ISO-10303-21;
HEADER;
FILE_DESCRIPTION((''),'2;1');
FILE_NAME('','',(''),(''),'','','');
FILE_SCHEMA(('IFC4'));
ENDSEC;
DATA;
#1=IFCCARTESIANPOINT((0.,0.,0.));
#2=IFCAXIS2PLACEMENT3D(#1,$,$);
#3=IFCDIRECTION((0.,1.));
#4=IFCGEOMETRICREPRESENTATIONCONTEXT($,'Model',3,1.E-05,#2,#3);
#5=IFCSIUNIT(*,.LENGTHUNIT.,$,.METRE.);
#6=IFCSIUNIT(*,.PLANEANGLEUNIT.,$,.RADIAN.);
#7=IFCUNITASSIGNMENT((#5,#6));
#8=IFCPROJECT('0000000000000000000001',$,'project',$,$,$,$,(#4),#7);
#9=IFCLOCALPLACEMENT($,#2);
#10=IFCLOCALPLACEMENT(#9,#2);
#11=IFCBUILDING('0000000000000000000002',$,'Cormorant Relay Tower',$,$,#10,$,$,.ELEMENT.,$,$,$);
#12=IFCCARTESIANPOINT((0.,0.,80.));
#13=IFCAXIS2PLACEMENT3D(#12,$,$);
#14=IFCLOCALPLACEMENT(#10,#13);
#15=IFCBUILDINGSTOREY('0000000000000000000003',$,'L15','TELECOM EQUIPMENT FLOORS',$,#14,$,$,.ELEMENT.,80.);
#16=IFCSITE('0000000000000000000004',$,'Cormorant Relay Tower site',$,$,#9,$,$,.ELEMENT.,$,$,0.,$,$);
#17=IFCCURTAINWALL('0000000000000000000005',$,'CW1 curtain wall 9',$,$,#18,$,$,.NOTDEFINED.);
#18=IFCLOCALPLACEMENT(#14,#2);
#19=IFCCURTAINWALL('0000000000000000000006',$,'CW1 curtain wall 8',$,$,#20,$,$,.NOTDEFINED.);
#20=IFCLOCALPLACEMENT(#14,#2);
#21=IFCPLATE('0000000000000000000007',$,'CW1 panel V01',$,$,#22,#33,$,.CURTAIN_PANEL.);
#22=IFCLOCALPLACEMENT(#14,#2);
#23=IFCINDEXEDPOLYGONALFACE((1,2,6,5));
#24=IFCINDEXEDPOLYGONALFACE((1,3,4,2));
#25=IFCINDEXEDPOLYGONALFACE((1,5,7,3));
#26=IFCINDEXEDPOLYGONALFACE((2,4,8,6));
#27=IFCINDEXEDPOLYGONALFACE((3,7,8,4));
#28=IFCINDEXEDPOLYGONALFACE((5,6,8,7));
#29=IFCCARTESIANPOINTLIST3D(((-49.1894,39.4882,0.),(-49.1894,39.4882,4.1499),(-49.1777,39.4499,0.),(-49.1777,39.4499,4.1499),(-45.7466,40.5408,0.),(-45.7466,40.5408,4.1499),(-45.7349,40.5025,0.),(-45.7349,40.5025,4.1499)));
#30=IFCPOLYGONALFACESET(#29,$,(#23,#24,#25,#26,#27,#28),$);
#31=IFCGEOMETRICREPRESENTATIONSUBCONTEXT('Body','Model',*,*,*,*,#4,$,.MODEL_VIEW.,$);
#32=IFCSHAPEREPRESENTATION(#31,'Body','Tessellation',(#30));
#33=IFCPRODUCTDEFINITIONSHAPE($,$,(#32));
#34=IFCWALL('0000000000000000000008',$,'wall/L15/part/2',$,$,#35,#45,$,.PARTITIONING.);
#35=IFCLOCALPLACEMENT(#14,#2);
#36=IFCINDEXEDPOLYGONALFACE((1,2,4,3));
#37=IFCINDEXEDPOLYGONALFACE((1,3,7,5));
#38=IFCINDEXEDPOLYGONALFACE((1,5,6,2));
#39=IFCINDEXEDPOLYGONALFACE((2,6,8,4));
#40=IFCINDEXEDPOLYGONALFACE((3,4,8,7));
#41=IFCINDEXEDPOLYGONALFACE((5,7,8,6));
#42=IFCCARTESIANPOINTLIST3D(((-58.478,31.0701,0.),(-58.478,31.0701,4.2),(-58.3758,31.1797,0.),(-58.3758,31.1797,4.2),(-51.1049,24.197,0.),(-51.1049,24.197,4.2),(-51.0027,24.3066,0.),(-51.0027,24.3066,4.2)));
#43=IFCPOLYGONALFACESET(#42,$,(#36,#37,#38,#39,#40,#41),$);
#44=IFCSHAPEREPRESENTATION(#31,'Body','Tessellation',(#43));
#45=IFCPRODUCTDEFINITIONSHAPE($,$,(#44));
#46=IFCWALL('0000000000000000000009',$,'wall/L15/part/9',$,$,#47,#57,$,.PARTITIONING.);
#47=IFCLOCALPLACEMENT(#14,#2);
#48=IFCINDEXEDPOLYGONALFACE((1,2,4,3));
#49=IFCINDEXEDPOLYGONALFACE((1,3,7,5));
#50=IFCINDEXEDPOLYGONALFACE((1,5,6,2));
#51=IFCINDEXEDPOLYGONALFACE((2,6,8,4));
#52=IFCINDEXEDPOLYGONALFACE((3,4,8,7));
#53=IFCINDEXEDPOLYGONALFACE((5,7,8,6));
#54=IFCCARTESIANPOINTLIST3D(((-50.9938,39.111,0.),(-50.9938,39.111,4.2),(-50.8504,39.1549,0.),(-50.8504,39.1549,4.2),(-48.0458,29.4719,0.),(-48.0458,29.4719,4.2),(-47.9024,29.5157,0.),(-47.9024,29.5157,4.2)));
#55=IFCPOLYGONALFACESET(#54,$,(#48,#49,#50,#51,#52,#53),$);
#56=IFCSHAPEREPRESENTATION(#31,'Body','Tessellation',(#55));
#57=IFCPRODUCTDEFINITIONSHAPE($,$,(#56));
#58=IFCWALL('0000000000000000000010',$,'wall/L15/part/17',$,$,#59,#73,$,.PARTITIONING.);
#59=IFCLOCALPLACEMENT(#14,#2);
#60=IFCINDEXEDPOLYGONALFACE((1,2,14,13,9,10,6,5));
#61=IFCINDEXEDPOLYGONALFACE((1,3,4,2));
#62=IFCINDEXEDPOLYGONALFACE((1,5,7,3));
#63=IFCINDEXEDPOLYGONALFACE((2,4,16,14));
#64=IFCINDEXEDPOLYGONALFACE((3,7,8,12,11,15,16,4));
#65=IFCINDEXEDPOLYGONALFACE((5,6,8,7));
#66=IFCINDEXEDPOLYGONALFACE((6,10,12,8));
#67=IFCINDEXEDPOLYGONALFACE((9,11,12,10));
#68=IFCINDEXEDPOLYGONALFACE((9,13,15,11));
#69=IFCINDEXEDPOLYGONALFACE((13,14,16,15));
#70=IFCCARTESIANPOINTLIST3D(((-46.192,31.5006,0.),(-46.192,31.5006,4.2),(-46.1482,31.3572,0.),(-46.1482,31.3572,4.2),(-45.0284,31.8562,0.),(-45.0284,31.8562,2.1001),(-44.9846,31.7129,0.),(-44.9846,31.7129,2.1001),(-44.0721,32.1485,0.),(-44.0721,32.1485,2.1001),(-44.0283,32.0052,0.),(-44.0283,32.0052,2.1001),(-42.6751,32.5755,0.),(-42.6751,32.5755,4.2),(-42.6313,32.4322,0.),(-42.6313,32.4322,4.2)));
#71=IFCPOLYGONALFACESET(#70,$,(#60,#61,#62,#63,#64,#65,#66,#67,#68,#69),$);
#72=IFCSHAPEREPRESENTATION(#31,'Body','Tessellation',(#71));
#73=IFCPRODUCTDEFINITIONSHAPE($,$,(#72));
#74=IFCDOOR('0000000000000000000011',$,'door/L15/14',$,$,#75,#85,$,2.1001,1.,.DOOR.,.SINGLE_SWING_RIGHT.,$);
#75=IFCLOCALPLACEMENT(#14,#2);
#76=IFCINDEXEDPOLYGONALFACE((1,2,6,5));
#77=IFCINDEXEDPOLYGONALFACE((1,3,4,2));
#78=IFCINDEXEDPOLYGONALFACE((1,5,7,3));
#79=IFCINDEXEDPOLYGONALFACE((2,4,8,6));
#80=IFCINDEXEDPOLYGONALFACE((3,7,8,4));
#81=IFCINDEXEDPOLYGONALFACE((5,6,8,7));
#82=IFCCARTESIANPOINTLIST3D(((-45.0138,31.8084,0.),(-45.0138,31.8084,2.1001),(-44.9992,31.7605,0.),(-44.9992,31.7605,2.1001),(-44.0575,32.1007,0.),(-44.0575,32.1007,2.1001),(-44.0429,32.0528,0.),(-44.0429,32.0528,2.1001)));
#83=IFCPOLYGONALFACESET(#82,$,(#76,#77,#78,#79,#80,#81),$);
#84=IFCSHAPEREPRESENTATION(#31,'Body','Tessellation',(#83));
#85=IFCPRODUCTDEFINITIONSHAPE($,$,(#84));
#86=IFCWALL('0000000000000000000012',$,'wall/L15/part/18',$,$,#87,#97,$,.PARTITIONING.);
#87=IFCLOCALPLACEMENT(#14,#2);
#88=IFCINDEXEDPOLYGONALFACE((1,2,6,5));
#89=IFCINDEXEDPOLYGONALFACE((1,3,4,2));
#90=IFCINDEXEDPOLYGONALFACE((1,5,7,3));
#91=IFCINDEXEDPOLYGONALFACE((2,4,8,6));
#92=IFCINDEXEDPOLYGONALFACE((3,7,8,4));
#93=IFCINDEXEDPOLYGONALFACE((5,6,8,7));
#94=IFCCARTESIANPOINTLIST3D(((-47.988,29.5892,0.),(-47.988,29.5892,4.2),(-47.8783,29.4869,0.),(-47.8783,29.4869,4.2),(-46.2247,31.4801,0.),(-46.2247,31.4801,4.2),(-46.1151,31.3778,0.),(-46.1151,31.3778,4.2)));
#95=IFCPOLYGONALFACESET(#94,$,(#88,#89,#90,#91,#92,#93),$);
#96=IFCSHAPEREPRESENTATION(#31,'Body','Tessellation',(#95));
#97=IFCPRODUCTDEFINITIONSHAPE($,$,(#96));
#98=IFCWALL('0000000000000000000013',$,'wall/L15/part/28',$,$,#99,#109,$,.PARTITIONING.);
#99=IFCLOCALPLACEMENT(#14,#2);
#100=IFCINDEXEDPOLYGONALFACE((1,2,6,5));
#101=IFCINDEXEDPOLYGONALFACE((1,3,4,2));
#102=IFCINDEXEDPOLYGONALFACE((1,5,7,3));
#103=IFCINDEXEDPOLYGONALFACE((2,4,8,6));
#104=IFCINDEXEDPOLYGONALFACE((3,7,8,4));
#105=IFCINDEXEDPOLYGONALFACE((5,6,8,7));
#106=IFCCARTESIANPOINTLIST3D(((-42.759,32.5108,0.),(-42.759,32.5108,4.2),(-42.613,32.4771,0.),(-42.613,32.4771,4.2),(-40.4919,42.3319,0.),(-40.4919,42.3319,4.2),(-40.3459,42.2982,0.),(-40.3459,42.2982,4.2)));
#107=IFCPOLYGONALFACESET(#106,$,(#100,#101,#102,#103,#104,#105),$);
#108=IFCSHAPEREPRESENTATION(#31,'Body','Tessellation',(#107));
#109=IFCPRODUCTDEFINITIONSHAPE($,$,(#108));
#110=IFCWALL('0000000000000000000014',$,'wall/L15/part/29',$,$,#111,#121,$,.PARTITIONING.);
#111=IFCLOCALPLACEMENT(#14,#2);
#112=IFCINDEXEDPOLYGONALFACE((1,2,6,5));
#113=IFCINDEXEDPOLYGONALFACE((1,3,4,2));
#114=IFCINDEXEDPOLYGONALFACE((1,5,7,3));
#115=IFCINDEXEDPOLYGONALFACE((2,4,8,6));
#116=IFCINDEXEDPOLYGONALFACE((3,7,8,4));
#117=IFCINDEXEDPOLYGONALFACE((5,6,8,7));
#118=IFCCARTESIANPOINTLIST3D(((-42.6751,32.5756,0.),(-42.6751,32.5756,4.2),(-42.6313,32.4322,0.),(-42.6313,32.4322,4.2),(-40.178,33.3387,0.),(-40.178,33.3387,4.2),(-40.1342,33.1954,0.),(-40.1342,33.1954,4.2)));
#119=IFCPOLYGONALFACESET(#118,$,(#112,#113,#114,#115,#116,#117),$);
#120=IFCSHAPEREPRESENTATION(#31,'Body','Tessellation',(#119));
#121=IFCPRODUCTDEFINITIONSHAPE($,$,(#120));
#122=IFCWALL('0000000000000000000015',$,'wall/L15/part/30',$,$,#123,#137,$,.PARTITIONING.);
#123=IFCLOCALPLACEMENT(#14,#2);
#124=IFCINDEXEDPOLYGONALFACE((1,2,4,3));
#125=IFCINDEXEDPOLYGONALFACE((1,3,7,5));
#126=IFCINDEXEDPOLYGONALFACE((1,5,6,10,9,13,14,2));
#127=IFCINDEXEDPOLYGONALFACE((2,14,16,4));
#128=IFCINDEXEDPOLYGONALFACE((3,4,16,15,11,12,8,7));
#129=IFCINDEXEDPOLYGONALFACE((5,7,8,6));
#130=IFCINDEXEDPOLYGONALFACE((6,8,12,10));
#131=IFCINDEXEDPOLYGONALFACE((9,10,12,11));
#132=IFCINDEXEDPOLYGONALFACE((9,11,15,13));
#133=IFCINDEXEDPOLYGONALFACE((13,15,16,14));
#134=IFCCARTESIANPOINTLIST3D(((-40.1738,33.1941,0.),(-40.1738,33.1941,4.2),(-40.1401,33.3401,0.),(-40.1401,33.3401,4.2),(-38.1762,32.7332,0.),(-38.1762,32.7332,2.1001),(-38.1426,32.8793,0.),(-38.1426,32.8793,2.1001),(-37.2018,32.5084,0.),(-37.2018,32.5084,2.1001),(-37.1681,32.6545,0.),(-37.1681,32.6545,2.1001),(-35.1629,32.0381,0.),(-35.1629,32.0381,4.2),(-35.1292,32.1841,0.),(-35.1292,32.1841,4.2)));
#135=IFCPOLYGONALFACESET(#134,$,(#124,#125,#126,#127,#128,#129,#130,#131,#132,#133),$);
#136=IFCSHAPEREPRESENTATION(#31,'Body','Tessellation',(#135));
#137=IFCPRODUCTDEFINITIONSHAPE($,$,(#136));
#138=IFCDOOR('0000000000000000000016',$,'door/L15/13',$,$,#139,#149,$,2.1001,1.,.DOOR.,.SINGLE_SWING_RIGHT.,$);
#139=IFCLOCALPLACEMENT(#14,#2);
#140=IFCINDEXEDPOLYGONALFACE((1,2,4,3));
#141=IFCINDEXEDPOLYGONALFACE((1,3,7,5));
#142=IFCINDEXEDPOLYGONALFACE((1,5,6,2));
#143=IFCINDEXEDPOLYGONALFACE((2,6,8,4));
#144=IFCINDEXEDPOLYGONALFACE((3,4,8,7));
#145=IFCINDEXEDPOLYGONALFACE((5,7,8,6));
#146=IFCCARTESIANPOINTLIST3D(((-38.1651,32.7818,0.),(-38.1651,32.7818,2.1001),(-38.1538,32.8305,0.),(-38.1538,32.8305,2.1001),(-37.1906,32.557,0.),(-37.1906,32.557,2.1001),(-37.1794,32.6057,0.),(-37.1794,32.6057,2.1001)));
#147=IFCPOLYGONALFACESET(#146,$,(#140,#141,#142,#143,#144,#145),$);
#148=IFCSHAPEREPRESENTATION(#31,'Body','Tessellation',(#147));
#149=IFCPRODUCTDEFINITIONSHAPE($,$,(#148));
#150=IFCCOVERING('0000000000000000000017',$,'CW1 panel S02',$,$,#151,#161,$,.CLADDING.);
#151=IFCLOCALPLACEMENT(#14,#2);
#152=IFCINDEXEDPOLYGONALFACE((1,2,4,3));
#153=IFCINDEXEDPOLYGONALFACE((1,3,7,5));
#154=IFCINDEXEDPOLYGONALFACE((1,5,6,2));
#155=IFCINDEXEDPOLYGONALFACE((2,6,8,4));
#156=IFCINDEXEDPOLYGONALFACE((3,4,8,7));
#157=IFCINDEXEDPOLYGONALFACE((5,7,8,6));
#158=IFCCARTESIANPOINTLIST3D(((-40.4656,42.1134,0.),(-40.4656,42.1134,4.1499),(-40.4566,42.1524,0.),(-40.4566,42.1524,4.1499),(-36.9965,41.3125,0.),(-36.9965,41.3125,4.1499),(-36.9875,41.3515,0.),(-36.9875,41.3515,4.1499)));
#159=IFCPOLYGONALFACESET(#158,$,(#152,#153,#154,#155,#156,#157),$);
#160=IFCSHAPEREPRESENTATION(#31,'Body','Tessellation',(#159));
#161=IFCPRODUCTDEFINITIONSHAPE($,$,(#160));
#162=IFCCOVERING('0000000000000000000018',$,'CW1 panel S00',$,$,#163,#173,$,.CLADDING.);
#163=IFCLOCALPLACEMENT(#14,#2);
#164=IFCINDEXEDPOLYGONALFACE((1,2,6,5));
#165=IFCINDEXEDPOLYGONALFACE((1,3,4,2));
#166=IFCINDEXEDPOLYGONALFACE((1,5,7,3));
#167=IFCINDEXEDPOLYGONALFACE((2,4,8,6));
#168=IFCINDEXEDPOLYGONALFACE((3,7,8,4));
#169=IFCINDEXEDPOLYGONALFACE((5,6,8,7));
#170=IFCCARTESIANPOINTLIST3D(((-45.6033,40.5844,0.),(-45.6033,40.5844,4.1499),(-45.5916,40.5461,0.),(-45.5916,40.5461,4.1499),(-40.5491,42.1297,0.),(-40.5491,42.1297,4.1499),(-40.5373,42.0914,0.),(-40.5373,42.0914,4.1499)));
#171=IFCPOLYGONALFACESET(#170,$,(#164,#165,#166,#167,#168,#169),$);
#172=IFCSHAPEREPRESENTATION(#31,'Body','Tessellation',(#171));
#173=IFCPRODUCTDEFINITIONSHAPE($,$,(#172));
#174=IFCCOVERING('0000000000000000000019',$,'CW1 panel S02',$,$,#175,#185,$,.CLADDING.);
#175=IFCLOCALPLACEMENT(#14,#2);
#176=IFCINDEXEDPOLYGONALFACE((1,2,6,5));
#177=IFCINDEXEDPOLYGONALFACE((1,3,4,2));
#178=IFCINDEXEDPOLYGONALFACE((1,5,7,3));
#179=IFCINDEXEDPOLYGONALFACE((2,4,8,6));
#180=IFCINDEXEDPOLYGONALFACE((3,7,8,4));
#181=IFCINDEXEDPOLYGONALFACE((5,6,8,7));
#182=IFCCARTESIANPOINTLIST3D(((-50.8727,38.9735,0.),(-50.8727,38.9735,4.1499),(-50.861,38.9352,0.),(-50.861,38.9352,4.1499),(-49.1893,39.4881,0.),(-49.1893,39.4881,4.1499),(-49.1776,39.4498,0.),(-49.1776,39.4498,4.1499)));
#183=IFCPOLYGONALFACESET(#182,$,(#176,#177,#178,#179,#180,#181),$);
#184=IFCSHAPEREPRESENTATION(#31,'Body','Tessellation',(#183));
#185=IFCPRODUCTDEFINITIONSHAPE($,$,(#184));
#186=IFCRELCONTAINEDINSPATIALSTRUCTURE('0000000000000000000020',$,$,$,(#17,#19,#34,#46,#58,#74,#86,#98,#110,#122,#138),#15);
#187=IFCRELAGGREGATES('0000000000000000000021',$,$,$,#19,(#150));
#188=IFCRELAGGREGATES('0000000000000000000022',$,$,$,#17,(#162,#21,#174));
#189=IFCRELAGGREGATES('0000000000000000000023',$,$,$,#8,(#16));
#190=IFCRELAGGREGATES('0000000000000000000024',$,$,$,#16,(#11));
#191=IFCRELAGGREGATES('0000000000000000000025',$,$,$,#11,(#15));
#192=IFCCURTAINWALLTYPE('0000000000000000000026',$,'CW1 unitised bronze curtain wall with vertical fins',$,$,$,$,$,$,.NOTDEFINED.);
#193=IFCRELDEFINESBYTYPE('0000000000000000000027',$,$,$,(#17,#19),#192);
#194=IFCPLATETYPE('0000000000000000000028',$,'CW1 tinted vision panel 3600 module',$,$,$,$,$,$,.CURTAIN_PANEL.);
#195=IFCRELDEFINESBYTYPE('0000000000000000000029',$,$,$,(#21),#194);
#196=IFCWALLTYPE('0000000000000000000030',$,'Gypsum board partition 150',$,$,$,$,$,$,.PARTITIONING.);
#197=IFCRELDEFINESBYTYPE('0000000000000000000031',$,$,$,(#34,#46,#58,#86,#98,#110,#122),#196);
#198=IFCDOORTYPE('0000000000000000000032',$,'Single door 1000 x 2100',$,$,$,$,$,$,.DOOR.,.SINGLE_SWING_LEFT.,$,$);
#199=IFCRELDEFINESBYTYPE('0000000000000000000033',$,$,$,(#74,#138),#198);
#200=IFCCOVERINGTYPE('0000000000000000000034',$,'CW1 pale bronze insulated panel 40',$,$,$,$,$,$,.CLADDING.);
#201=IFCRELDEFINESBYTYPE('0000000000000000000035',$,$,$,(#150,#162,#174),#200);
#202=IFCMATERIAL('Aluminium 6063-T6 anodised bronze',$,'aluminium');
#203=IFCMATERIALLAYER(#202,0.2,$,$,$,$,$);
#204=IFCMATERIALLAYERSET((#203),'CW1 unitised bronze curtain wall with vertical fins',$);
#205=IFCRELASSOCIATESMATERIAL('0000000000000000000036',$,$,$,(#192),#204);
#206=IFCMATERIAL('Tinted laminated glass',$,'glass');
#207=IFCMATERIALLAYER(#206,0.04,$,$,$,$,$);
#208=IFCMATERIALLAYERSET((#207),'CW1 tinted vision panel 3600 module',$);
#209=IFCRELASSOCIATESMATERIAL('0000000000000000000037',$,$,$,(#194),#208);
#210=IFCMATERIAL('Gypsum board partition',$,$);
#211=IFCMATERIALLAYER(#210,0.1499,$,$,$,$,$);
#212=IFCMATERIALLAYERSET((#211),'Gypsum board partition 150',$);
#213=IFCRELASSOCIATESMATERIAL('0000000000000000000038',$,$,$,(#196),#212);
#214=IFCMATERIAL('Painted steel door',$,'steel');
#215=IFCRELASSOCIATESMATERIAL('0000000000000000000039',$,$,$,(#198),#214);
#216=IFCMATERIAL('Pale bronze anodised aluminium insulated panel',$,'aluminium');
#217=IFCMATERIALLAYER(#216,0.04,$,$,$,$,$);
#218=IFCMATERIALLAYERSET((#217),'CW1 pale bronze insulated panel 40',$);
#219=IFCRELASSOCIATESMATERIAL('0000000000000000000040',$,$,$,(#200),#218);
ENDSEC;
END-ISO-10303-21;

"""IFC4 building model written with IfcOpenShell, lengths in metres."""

from ifc_helpers import new_model, si_unit, direction, frame, frame_2d, origin, origin_2d, place, context, subcontext, project, spatial, rectangle, extrude, material, layer, layer_set, type_object, element, fill, aggregate, save


model = new_model("IFC4")

# Units and contexts
model_context = context("Model", 3, precision=1e-05, world=origin(), true_north=direction((0.0, 1.0)))
body_context = subcontext(model_context, "Body", "Model", "MODEL_VIEW")
ifc_project = project(units=[si_unit("LENGTHUNIT", "METRE"), si_unit("PLANEANGLEUNIT", "RADIAN")], contexts=[model_context])

# Site, building, storey
site_placement = place(None, origin())
site = spatial("IfcSite", under=ifc_project, at=site_placement, Name="Cormorant Relay Tower site", CompositionType="ELEMENT", RefElevation=0.0)
building_placement = place(site_placement, origin())
building = spatial("IfcBuilding", under=site, at=building_placement, Name="Cormorant Relay Tower", CompositionType="ELEMENT")
storey_placement = place(building_placement, frame((0.0, 0.0, 80.0)))
storey = spatial("IfcBuildingStorey", under=building, at=storey_placement, Name="L15", Description="TELECOM EQUIPMENT FLOORS", CompositionType="ELEMENT", Elevation=80.0)

# Curtain wall
ifc_material_1 = material(Name="Aluminium 6063-T6 anodised bronze", Category="aluminium")
ifc_layer_1 = layer(ifc_material_1, 0.2)
ifc_layer_set_1 = layer_set([ifc_layer_1], Name="CW1 unitised bronze curtain wall with vertical fins")
curtain_wall_type = type_object("IfcCurtainWallType", Name="CW1 unitised bronze curtain wall with vertical fins", PredefinedType="NOTDEFINED", material=ifc_layer_set_1)
curtain_wall_1_placement = place(storey_placement, origin())
curtain_wall_1 = element("IfcCurtainWall", 1, at=curtain_wall_1_placement, inside=storey, type_object=curtain_wall_type, Name="CW1 curtain wall 9", PredefinedType="NOTDEFINED")

# Curtain wall
curtain_wall_2_placement = place(storey_placement, origin())
curtain_wall_2 = element("IfcCurtainWall", 2, at=curtain_wall_2_placement, inside=storey, type_object=curtain_wall_type, Name="CW1 curtain wall 8", PredefinedType="NOTDEFINED")

# Plate
ifc_material_2 = material(Name="Tinted laminated glass", Category="glass")
ifc_layer_2 = layer(ifc_material_2, 0.04)
ifc_layer_set_2 = layer_set([ifc_layer_2], Name="CW1 tinted vision panel 3600 module")
plate_type_1 = type_object("IfcPlateType", Name="CW1 tinted vision panel 3600 module", PredefinedType="CURTAIN_PANEL", material=ifc_layer_set_2)
plate_1_placement = place(storey_placement, frame((-47.4622, 39.9954, 0.0), z_axis=(0.0, 0.0, 1.0), x_axis=(-0.956305, -0.292372, 0.0)))
plate_1 = element("IfcPlate", 3, at=plate_1_placement, type_object=plate_type_1, Name="CW1 panel V01", PredefinedType="CURTAIN_PANEL", context=body_context, shape_type="SweptSolid", body=[
    extrude(rectangle(XDim=3.6001, YDim=0.04, at=origin_2d()), origin(), (0.0, 0.0, 1.0), 4.1499),
])

# Walls
ifc_material_3 = material(Name="Gypsum board partition")
ifc_layer_3 = layer(ifc_material_3, 0.1499)
ifc_layer_set_3 = layer_set([ifc_layer_3], Name="Gypsum board partition 150")
wall_type = type_object("IfcWallType", Name="Gypsum board partition 150", PredefinedType="PARTITIONING", material=ifc_layer_set_3)
for number, where, z_axis, x_axis, name in (
    (4, (-58.427, 31.125, 0.0), (0.0, 0.0, 1.0), (0.731474, -0.681869, 0.0), "wall/L15/part/2"),
    (5, (-50.9221, 39.1331, 0.0), (0.0, 0.0, 1.0), (0.292463, -0.956277, 0.0), "wall/L15/part/9"),
):
    element("IfcWall", number, at=place(storey_placement, frame(where, z_axis=z_axis, x_axis=x_axis)), inside=storey, type_object=wall_type, Name=name, PredefinedType="PARTITIONING", context=body_context, shape_type="SweptSolid", body=[
        extrude(rectangle(XDim=10.0798, YDim=0.1499, at=frame_2d((5.04, 0.0))), origin(), (0.0, 0.0, 1.0), 4.2),
    ])

# Wall, opening, door
wall_1_placement = place(storey_placement, frame((-42.6531, 32.5039, 0.0), z_axis=(0.0, 0.0, 1.0), x_axis=(-0.956324, -0.292308, 0.0)))
wall_1 = element("IfcWall", 6, at=wall_1_placement, inside=storey, type_object=wall_type, Name="wall/L15/part/17", PredefinedType="PARTITIONING", context=body_context, shape_type="SweptSolid", body=[
    extrude(rectangle(XDim=3.6775, YDim=0.1499, at=frame_2d((1.8389, 0.0))), origin(), (0.0, 0.0, 1.0), 4.2),
])
opening_1_placement = place(wall_1_placement, frame((1.4609, 0.0, 0.0)))
opening_1 = element("IfcOpeningElement", 7, at=opening_1_placement, cuts=wall_1, PredefinedType="OPENING", context=body_context, shape_type="SweptSolid", body=[
    extrude(rectangle(XDim=1.0, YDim=2.1001, at=frame_2d((0.5, 1.05))), frame((0.0, 0.085, 0.0), z_axis=(0.0, -1.0, 0.0), x_axis=(1.0, 0.0, 0.0)), (0.0, 0.0, 1.0), 0.1699),
])
ifc_material_4 = material(Name="Painted steel door", Category="steel")
door_type = type_object("IfcDoorType", Name="Single door 1000 x 2100", OperationType="SINGLE_SWING_LEFT", PredefinedType="DOOR", material=ifc_material_4)
door_1_placement = place(opening_1_placement, frame((1.0, 0.0, 0.0), z_axis=(0.0, 0.0, 1.0), x_axis=(-1.0, 0.0, 0.0)))
door_1 = element("IfcDoor", 8, at=door_1_placement, inside=storey, type_object=door_type, Name="door/L15/14", OperationType="SINGLE_SWING_RIGHT", OverallHeight=2.1001, OverallWidth=1.0, PredefinedType="DOOR", context=body_context, shape_type="SweptSolid", body=[
    extrude(rectangle(XDim=1.0, YDim=2.1001, at=frame_2d((0.5, 1.05))), frame((0.0, 0.0249, 0.0), z_axis=(0.0, -1.0, 0.0), x_axis=(1.0, 0.0, 0.0)), (0.0, 0.0, 1.0), 0.05),
])
fill(opening_1, door_1)

# Walls
wall_2_placement = place(storey_placement, frame((-46.1699, 31.429, 0.0), z_axis=(0.0, 0.0, 1.0), x_axis=(-0.681982, -0.731369, 0.0)))
element("IfcWall", 9, at=wall_2_placement, inside=storey, type_object=wall_type, Name="wall/L15/part/18", PredefinedType="PARTITIONING", context=body_context, shape_type="SweptSolid", body=[
    extrude(rectangle(XDim=2.5854, YDim=0.1499, at=frame_2d((1.2927, 0.0))), origin(), (0.0, 0.0, 1.0), 4.2),
])
wall_3_placement = place(storey_placement, frame((-40.4189, 42.3149, 0.0), z_axis=(0.0, 0.0, 1.0), x_axis=(-0.224925, -0.974376, 0.0)))
element("IfcWall", 10, at=wall_3_placement, inside=storey, type_object=wall_type, Name="wall/L15/part/28", PredefinedType="PARTITIONING", context=body_context, shape_type="SweptSolid", body=[
    extrude(rectangle(XDim=10.0793, YDim=0.1499, at=frame_2d((5.0396, 0.0))), origin(), (0.0, 0.0, 1.0), 4.2),
])
wall_4_placement = place(storey_placement, frame((-40.156, 33.2671, 0.0), z_axis=(0.0, 0.0, 1.0), x_axis=(-0.956331, -0.292285, 0.0)))
element("IfcWall", 11, at=wall_4_placement, inside=storey, type_object=wall_type, Name="wall/L15/part/29", PredefinedType="PARTITIONING", context=body_context, shape_type="SweptSolid", body=[
    extrude(rectangle(XDim=2.6111, YDim=0.1499, at=frame_2d((1.3057, 0.0))), origin(), (0.0, 0.0, 1.0), 4.2),
])

# Wall, opening, door
wall_5_placement = place(storey_placement, frame((-40.157, 33.2671, 0.0), z_axis=(0.0, 0.0, 1.0), x_axis=(0.974407, -0.22479, 0.0)))
wall_5 = element("IfcWall", 12, at=wall_5_placement, inside=storey, type_object=wall_type, Name="wall/L15/part/30", PredefinedType="PARTITIONING", context=body_context, shape_type="SweptSolid", body=[
    extrude(rectangle(XDim=5.1426, YDim=0.1499, at=frame_2d((2.5713, 0.0))), origin(), (0.0, 0.0, 1.0), 4.2),
])
opening_2_placement = place(wall_5_placement, frame((2.05, 0.0, 0.0)))
opening_2 = element("IfcOpeningElement", 13, at=opening_2_placement, cuts=wall_5, PredefinedType="OPENING", context=body_context, shape_type="SweptSolid", body=[
    extrude(rectangle(XDim=1.0, YDim=2.1001, at=frame_2d((0.5, 1.05))), frame((0.0, 0.085, 0.0), z_axis=(0.0, -1.0, 0.0), x_axis=(1.0, 0.0, 0.0)), (0.0, 0.0, 1.0), 0.1699),
])
door_2_placement = place(opening_2_placement, origin())
door_2 = element("IfcDoor", 14, at=door_2_placement, inside=storey, type_object=door_type, Name="door/L15/13", OperationType="SINGLE_SWING_RIGHT", OverallHeight=2.1001, OverallWidth=1.0, PredefinedType="DOOR", context=body_context, shape_type="SweptSolid", body=[
    extrude(rectangle(XDim=1.0, YDim=2.1001, at=frame_2d((0.5, 1.05))), frame((0.0, 0.0249, 0.0), z_axis=(0.0, -1.0, 0.0), x_axis=(1.0, 0.0, 0.0)), (0.0, 0.0, 1.0), 0.05),
])
fill(opening_2, door_2)

# Coverings
ifc_material_5 = material(Name="Pale bronze anodised aluminium insulated panel", Category="aluminium")
ifc_layer_4 = layer(ifc_material_5, 0.04)
ifc_layer_set_4 = layer_set([ifc_layer_4], Name="CW1 pale bronze insulated panel 40")
covering_type = type_object("IfcCoveringType", Name="CW1 pale bronze insulated panel 40", PredefinedType="CLADDING", material=ifc_layer_set_4)
covering_1_placement = place(storey_placement, frame((-38.7266, 41.7324, 0.0), z_axis=(0.0, 0.0, 1.0), x_axis=(-0.97437, 0.224951, 0.0)))
covering_1 = element("IfcCovering", 15, at=covering_1_placement, type_object=covering_type, Name="CW1 panel S02", PredefinedType="CLADDING", context=body_context, shape_type="SweptSolid", body=[
    extrude(rectangle(XDim=3.5603, YDim=0.04, at=origin_2d()), origin(), (0.0, 0.0, 1.0), 4.1499),
])
aggregate(curtain_wall_2, [covering_1])
covering_2_placement = place(storey_placement, frame((-43.0703, 41.3379, 0.0), z_axis=(0.0, 0.0, 1.0), x_axis=(-0.956305, -0.292372, 0.0)))
covering_2 = element("IfcCovering", 16, at=covering_2_placement, type_object=covering_type, Name="CW1 panel S00", PredefinedType="CLADDING", context=body_context, shape_type="SweptSolid", body=[
    extrude(rectangle(XDim=5.2852, YDim=0.04, at=origin_2d()), origin(), (0.0, 0.0, 1.0), 4.1499),
])
covering_3_placement = place(storey_placement, frame((-50.0251, 39.2117, 0.0), z_axis=(0.0, 0.0, 1.0), x_axis=(-0.956305, -0.292372, 0.0)))
covering_3 = element("IfcCovering", 17, at=covering_3_placement, type_object=covering_type, Name="CW1 panel S02", PredefinedType="CLADDING", context=body_context, shape_type="SweptSolid", body=[
    extrude(rectangle(XDim=1.7603, YDim=0.04, at=origin_2d()), origin(), (0.0, 0.0, 1.0), 4.1499),
])
aggregate(curtain_wall_1, [covering_2, plate_1, covering_3])

save(model, "model.ifc")
